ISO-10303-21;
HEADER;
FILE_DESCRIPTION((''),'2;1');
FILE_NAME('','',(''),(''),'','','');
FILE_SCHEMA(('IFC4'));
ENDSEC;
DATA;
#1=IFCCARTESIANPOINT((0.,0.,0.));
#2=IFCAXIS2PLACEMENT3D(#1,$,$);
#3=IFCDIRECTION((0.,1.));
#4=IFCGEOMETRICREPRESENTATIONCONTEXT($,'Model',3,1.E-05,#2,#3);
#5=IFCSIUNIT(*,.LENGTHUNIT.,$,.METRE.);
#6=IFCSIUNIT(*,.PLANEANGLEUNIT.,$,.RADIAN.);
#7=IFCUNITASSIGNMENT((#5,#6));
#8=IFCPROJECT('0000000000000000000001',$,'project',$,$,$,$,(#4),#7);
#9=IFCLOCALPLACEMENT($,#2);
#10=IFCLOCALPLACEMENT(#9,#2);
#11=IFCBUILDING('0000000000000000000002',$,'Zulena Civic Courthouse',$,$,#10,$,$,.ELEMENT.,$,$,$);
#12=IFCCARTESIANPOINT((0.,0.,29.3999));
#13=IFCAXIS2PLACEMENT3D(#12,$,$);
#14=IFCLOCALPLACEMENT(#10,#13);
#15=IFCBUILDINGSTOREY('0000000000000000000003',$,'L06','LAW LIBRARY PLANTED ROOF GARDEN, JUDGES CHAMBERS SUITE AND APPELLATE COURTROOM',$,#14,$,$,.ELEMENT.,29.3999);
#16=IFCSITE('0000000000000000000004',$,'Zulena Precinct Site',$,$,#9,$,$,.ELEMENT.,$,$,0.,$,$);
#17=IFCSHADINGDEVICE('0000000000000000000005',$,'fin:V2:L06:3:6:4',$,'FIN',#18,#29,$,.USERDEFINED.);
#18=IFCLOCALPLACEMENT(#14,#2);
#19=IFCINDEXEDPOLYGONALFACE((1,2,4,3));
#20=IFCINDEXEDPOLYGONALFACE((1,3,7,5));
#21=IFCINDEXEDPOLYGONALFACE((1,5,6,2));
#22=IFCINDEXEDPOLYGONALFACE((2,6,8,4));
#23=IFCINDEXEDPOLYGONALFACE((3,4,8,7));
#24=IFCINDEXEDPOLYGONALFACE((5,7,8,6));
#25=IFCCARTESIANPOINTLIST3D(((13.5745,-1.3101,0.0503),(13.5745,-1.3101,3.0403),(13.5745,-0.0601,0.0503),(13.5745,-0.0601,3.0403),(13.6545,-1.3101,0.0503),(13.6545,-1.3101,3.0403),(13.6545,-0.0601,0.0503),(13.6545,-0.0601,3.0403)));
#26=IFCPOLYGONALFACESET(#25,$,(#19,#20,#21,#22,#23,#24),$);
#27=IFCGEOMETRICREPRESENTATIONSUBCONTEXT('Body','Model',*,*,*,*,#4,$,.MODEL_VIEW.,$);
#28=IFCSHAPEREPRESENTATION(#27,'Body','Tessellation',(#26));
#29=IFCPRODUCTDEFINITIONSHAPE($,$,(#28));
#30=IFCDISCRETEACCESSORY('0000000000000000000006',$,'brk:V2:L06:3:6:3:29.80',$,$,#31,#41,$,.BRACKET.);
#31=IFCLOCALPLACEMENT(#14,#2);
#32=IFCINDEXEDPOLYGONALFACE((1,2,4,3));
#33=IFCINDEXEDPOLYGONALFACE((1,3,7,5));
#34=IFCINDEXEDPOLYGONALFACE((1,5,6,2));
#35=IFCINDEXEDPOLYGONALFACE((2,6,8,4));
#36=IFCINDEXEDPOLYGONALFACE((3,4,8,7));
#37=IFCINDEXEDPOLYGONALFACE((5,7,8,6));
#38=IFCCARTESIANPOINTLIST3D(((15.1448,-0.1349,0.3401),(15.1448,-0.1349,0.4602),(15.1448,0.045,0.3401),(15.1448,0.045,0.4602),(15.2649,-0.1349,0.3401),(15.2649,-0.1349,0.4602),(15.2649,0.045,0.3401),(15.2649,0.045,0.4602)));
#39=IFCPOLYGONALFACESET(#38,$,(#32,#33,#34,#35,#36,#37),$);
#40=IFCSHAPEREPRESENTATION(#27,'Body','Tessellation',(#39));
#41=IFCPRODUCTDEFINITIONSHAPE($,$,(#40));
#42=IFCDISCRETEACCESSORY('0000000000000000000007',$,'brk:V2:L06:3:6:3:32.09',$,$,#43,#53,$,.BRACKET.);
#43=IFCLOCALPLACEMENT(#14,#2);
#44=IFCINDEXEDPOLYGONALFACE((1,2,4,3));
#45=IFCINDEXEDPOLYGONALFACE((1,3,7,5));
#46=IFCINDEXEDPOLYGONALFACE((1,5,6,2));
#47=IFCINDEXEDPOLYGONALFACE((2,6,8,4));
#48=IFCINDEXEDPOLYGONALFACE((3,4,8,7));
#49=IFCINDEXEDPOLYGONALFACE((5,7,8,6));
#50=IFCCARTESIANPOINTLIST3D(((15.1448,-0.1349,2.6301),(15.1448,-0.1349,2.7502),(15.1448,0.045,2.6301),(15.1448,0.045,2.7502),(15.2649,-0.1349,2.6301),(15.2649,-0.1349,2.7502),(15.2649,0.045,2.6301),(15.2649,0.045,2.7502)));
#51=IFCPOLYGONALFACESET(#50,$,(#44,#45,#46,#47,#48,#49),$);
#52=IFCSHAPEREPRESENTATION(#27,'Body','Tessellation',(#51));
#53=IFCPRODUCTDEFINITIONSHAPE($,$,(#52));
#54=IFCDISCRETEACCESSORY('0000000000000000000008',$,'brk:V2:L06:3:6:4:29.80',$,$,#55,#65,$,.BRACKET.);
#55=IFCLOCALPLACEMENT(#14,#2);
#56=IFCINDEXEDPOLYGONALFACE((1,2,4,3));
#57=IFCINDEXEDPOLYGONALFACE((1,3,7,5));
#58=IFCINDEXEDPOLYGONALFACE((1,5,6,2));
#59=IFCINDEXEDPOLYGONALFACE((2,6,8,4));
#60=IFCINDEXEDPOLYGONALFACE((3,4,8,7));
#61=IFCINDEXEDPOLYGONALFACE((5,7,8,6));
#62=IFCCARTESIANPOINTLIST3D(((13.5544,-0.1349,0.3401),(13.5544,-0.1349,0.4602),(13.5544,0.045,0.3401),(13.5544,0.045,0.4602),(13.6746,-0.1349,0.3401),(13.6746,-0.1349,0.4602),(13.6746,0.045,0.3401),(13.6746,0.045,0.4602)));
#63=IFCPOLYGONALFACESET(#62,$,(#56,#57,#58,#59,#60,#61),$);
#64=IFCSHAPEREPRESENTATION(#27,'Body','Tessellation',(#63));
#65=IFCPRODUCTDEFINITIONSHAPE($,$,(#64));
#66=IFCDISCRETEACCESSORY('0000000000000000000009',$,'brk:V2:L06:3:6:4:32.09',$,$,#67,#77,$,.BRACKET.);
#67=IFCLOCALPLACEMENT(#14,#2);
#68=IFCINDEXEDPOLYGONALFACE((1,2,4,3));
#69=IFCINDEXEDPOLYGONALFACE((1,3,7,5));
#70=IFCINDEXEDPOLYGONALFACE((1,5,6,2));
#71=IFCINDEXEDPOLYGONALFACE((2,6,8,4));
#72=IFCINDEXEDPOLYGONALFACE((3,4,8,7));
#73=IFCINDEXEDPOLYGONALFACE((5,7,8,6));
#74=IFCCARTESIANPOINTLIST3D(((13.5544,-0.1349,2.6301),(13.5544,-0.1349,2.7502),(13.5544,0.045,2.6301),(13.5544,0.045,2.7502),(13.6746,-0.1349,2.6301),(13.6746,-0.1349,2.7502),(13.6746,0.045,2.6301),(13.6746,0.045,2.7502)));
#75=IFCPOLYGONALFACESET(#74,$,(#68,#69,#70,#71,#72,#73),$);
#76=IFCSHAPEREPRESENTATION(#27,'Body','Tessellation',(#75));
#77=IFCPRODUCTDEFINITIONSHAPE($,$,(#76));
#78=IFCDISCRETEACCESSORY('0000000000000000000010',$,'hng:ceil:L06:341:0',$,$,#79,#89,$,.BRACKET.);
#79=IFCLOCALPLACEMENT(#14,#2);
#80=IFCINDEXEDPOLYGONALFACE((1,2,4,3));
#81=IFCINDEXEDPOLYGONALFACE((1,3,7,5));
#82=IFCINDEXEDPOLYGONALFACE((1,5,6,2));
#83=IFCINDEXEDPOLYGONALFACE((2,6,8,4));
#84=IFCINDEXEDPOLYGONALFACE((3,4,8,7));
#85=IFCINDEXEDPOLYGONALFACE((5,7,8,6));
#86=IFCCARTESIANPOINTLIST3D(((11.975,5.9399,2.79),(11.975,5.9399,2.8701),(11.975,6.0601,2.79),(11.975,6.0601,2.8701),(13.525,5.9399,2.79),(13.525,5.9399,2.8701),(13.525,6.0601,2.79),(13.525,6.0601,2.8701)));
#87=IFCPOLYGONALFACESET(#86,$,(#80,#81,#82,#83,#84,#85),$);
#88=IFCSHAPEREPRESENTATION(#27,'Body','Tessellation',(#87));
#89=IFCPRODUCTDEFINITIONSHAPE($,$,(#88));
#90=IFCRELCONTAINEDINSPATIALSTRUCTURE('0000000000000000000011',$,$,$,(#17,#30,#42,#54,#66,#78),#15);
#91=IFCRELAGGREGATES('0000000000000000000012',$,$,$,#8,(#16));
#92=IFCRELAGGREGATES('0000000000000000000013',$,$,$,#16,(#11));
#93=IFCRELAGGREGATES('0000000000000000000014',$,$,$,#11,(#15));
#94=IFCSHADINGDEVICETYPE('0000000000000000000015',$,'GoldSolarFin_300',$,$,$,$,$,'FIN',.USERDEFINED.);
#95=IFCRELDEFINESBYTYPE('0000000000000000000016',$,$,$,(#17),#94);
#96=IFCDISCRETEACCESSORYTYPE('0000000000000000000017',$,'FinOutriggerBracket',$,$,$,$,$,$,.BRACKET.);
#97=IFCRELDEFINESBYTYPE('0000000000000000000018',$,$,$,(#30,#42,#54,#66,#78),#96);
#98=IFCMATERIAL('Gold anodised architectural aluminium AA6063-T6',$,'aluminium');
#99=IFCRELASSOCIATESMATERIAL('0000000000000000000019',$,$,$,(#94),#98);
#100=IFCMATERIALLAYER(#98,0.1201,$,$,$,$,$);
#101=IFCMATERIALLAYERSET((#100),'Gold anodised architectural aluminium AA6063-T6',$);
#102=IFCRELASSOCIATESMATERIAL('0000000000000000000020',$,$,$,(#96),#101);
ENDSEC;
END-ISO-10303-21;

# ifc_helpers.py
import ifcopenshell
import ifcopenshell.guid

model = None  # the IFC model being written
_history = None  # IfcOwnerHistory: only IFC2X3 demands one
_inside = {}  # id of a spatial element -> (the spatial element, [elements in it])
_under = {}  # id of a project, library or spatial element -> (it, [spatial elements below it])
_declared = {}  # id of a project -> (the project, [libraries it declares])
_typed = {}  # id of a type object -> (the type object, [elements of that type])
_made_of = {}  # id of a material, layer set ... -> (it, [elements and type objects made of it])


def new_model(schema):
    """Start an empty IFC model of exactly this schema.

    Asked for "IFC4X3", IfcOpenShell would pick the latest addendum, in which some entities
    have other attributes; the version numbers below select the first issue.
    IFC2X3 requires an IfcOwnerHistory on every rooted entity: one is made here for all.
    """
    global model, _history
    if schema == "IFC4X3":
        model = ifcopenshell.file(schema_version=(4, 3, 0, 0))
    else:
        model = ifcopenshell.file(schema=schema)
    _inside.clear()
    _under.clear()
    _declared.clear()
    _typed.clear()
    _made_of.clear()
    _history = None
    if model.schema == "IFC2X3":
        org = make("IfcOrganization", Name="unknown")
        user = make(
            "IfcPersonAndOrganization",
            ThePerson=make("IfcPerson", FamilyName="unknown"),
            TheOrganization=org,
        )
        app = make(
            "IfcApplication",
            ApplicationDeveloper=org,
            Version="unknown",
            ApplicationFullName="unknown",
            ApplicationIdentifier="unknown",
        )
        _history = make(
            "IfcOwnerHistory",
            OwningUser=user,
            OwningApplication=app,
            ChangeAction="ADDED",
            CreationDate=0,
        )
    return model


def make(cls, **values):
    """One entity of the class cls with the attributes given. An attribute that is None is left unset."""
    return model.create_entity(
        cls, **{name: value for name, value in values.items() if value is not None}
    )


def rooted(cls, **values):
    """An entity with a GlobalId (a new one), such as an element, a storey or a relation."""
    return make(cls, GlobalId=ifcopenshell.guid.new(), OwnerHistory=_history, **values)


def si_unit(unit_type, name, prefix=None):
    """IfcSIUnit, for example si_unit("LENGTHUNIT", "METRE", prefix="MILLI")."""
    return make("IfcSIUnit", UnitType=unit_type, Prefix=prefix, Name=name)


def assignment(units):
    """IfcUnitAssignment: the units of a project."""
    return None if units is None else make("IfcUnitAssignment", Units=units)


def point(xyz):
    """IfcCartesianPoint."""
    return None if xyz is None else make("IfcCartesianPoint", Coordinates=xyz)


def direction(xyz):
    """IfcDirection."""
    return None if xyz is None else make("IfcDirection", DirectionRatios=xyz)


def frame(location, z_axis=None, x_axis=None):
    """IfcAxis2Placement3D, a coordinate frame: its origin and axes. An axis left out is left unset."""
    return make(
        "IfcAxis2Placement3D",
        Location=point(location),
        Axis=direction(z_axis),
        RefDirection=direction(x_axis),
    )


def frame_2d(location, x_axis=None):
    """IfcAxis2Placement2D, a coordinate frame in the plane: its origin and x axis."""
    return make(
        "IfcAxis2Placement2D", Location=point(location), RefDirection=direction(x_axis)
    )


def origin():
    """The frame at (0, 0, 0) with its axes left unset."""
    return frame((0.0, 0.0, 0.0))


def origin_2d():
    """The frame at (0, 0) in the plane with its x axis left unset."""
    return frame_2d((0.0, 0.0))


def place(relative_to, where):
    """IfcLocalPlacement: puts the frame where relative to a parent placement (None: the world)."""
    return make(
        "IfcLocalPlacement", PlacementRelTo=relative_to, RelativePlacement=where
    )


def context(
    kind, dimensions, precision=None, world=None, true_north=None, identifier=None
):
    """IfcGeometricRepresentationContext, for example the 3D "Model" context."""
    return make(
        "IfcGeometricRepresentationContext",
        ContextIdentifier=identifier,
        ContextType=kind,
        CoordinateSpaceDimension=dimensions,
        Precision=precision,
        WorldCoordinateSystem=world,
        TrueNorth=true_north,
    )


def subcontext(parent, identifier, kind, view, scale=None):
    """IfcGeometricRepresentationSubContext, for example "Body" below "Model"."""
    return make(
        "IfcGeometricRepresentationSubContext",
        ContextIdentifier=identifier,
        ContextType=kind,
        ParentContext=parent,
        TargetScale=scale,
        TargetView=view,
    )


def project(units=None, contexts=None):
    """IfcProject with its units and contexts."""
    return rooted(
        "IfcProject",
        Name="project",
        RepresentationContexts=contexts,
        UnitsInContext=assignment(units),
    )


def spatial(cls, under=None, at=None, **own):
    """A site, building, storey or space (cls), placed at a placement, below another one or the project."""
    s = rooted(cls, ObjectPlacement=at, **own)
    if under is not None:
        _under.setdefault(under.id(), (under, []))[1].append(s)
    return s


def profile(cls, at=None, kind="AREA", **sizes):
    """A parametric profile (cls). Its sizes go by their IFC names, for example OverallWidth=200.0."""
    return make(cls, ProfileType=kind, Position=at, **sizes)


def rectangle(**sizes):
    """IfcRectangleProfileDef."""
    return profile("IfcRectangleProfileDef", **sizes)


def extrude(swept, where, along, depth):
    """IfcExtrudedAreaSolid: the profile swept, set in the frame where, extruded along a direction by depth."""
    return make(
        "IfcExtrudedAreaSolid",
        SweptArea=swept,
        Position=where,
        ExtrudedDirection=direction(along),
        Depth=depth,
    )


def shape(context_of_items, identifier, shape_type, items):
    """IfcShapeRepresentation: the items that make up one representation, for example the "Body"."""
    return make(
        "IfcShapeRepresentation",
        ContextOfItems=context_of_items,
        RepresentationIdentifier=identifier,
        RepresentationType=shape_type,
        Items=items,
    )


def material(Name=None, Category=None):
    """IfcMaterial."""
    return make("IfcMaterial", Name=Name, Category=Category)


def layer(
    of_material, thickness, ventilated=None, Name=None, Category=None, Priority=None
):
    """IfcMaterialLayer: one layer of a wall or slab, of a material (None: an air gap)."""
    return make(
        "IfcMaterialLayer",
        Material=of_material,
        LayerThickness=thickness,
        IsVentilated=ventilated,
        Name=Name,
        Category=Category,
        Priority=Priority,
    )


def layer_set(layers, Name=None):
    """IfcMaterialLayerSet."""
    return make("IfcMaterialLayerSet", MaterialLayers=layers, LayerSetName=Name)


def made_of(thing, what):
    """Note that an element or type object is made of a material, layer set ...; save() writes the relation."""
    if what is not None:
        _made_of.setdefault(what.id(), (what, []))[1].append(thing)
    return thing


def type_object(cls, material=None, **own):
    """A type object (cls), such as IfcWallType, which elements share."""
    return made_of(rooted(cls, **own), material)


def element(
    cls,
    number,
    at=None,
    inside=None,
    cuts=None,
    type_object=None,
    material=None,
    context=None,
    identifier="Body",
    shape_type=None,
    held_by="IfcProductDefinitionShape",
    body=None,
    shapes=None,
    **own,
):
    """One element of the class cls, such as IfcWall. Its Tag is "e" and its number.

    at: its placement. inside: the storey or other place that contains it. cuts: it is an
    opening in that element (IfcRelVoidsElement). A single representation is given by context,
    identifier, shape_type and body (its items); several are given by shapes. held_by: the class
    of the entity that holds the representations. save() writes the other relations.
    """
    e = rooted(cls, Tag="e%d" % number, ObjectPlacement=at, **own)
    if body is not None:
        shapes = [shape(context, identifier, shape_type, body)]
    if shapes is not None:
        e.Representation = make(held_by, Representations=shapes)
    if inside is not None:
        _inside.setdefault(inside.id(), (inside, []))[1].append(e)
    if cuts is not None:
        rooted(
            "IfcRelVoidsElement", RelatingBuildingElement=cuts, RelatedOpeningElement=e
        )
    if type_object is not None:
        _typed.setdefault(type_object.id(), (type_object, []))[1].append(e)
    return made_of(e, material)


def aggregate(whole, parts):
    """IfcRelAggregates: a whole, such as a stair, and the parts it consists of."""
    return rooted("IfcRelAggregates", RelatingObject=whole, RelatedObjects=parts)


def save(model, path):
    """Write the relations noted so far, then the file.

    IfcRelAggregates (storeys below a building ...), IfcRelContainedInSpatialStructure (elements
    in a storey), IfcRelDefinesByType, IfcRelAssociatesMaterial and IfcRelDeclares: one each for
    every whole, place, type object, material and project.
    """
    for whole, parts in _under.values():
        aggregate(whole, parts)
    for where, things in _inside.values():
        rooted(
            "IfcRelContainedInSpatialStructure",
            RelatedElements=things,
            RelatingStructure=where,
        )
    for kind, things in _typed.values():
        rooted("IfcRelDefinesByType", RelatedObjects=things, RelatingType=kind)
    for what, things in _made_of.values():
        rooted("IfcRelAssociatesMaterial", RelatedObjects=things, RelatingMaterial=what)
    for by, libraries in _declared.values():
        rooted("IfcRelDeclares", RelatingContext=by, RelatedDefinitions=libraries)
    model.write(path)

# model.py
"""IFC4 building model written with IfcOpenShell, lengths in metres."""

from ifc_helpers import new_model, si_unit, direction, frame, origin, origin_2d, place, context, subcontext, project, spatial, rectangle, extrude, material, layer, layer_set, type_object, element, save


model = new_model("IFC4")

# Units and contexts
model_context = context("Model", 3, precision=1e-05, world=origin(), true_north=direction((0.0, 1.0)))
body_context = subcontext(model_context, "Body", "Model", "MODEL_VIEW")
ifc_project = project(units=[si_unit("LENGTHUNIT", "METRE"), si_unit("PLANEANGLEUNIT", "RADIAN")], contexts=[model_context])

# Site, building, storey
site_placement = place(None, origin())
site = spatial("IfcSite", under=ifc_project, at=site_placement, Name="Zulena Precinct Site", CompositionType="ELEMENT", RefElevation=0.0)
building_placement = place(site_placement, origin())
building = spatial("IfcBuilding", under=site, at=building_placement, Name="Zulena Civic Courthouse", CompositionType="ELEMENT")
storey_placement = place(building_placement, frame((0.0, 0.0, 29.3999)))
storey = spatial("IfcBuildingStorey", under=building, at=storey_placement, Name="L06", Description="LAW LIBRARY PLANTED ROOF GARDEN, JUDGES CHAMBERS SUITE AND APPELLATE COURTROOM", CompositionType="ELEMENT", Elevation=29.3999)

# Shading device
ifc_material_1 = material(Name="Gold anodised architectural aluminium AA6063-T6", Category="aluminium")
shading_device_type = type_object("IfcShadingDeviceType", Name="GoldSolarFin_300", ElementType="FIN", PredefinedType="USERDEFINED", material=ifc_material_1)
for number, where, z_axis, x_axis, name in (
    (1, (13.6145, -0.6851, 0.0503), (0.0, 0.0, 1.0), (0.0, -1.0, 0.0), "fin:V2:L06:3:6:4"),
):
    element("IfcShadingDevice", number, at=place(storey_placement, frame(where, z_axis=z_axis, x_axis=x_axis)), inside=storey, type_object=shading_device_type, Name=name, ObjectType="FIN", PredefinedType="USERDEFINED", context=body_context, shape_type="SweptSolid", body=[
        extrude(rectangle(XDim=1.25, YDim=0.0801, at=origin_2d()), origin(), (0.0, 0.0, 1.0), 2.99),
    ])

# Discrete accessories
ifc_layer_1 = layer(ifc_material_1, 0.1201)
ifc_layer_set_1 = layer_set([ifc_layer_1], Name="Gold anodised architectural aluminium AA6063-T6")
discrete_accessory_type = type_object("IfcDiscreteAccessoryType", Name="FinOutriggerBracket", PredefinedType="BRACKET", material=ifc_layer_set_1)
for number, where, z_axis, x_axis, name in (
    (2, (15.2048, -0.0449, 0.3401), (0.0, 0.0, 1.0), (0.0, -1.0, 0.0), "brk:V2:L06:3:6:3:29.80"),
    (3, (15.2048, -0.0449, 2.6301), (0.0, 0.0, 1.0), (0.0, -1.0, 0.0), "brk:V2:L06:3:6:3:32.09"),
    (4, (13.6145, -0.0449, 0.3401), (0.0, 0.0, 1.0), (0.0, -1.0, 0.0), "brk:V2:L06:3:6:4:29.80"),
    (5, (13.6145, -0.0449, 2.6301), (0.0, 0.0, 1.0), (0.0, -1.0, 0.0), "brk:V2:L06:3:6:4:32.09"),
):
    element("IfcDiscreteAccessory", number, at=place(storey_placement, frame(where, z_axis=z_axis, x_axis=x_axis)), inside=storey, type_object=discrete_accessory_type, Name=name, PredefinedType="BRACKET", context=body_context, shape_type="SweptSolid", body=[
        extrude(rectangle(XDim=0.1799, YDim=0.1201, at=origin_2d()), origin(), (0.0, 0.0, 1.0), 0.1201),
    ])
discrete_accessory_placement = place(storey_placement, frame((12.75, 6.0, 2.79), z_axis=(0.0, 0.0, 1.0), x_axis=(1.0, 0.0, 0.0)))
element("IfcDiscreteAccessory", 6, at=discrete_accessory_placement, inside=storey, type_object=discrete_accessory_type, Name="hng:ceil:L06:341:0", PredefinedType="BRACKET", context=body_context, shape_type="SweptSolid", body=[
    extrude(rectangle(XDim=1.55, YDim=0.1201, at=origin_2d()), origin(), (0.0, 0.0, 1.0), 0.0801),
])

save(model, "model.ifc")
